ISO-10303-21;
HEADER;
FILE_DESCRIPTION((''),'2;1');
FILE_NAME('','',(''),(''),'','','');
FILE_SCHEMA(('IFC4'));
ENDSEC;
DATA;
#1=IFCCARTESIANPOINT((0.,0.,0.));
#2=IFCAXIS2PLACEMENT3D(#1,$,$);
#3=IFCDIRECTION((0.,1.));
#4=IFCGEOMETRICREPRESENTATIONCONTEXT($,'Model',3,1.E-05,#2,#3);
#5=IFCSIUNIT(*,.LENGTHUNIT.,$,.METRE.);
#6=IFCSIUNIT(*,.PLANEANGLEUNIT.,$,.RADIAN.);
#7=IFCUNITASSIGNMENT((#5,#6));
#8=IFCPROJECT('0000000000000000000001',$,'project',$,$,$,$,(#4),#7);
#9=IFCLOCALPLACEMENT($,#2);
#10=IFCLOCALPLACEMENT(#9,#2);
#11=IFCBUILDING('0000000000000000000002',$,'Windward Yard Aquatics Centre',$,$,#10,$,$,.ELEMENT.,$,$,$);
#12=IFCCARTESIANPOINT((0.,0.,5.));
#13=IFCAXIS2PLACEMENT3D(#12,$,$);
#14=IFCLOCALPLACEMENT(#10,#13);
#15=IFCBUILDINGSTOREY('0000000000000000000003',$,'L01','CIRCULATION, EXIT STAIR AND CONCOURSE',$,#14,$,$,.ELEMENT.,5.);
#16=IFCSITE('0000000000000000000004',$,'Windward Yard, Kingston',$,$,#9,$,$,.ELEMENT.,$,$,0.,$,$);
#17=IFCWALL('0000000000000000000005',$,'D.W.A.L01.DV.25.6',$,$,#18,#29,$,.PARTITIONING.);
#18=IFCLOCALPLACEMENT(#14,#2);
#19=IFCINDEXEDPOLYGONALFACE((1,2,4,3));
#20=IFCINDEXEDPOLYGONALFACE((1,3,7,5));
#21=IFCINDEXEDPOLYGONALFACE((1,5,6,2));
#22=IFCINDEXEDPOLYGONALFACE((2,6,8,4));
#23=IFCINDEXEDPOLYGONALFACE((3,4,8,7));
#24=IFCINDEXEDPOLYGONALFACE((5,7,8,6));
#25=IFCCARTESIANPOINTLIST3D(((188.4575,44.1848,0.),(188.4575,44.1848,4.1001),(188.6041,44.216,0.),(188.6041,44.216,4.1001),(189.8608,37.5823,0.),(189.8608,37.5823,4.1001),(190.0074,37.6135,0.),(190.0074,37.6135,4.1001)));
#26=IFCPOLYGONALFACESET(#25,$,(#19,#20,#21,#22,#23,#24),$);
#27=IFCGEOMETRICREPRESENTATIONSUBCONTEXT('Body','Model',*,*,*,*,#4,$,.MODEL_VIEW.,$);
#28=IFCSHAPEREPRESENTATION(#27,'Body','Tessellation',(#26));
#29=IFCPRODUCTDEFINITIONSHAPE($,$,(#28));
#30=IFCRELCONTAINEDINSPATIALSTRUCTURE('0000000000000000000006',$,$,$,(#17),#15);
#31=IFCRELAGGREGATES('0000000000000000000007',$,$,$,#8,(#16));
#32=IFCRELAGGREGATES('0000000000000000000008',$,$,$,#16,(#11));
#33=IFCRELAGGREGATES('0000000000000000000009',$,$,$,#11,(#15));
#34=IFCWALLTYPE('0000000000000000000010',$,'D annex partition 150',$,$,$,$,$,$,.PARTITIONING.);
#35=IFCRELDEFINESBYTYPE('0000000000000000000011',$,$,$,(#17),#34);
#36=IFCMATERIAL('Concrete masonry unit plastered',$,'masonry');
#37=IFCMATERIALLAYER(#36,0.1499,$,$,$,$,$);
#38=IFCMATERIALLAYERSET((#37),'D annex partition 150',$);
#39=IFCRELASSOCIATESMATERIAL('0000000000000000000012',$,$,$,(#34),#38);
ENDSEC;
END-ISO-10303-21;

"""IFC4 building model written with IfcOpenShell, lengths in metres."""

from ifc_helpers import new_model, si_unit, direction, frame, frame_2d, origin, place, context, subcontext, project, spatial, rectangle, extrude, material, layer, layer_set, type_object, element, save


model = new_model("IFC4")

# Units and contexts
model_context = context("Model", 3, precision=1e-05, world=origin(), true_north=direction((0.0, 1.0)))
body_context = subcontext(model_context, "Body", "Model", "MODEL_VIEW")
ifc_project = project(units=[si_unit("LENGTHUNIT", "METRE"), si_unit("PLANEANGLEUNIT", "RADIAN")], contexts=[model_context])

# Site, building, storey
site_placement = place(None, origin())
site = spatial("IfcSite", under=ifc_project, at=site_placement, Name="Windward Yard, Kingston", CompositionType="ELEMENT", RefElevation=0.0)
building_placement = place(site_placement, origin())
building = spatial("IfcBuilding", under=site, at=building_placement, Name="Windward Yard Aquatics Centre", CompositionType="ELEMENT")
storey_placement = place(building_placement, frame((0.0, 0.0, 5.0)))
storey = spatial("IfcBuildingStorey", under=building, at=storey_placement, Name="L01", Description="CIRCULATION, EXIT STAIR AND CONCOURSE", CompositionType="ELEMENT", Elevation=5.0)

# Shared definitions
ifc_material_1 = material(Name="Concrete masonry unit plastered", Category="masonry")
ifc_layer_1 = layer(ifc_material_1, 0.1499)
ifc_layer_set_1 = layer_set([ifc_layer_1], Name="D annex partition 150")
wall_type_1 = type_object("IfcWallType", Name="D annex partition 150", PredefinedType="PARTITIONING", material=ifc_layer_set_1)

# Wall
for number, where, z_axis, x_axis, name in (
    (1, (189.9341, 37.5979, 0.0), (0.0, 0.0, 1.0), (-0.207899, 0.97815, 0.0), "D.W.A.L01.DV.25.6"),
):
    element("IfcWall", number, at=place(storey_placement, frame(where, z_axis=z_axis, x_axis=x_axis)), inside=storey, type_object=wall_type_1, Name=name, PredefinedType="PARTITIONING", context=body_context, shape_type="SweptSolid", body=[
        extrude(rectangle(XDim=6.75, YDim=0.1499, at=frame_2d((3.375, 0.0))), origin(), (0.0, 0.0, 1.0), 4.1001),
    ])

save(model, "model.ifc")
